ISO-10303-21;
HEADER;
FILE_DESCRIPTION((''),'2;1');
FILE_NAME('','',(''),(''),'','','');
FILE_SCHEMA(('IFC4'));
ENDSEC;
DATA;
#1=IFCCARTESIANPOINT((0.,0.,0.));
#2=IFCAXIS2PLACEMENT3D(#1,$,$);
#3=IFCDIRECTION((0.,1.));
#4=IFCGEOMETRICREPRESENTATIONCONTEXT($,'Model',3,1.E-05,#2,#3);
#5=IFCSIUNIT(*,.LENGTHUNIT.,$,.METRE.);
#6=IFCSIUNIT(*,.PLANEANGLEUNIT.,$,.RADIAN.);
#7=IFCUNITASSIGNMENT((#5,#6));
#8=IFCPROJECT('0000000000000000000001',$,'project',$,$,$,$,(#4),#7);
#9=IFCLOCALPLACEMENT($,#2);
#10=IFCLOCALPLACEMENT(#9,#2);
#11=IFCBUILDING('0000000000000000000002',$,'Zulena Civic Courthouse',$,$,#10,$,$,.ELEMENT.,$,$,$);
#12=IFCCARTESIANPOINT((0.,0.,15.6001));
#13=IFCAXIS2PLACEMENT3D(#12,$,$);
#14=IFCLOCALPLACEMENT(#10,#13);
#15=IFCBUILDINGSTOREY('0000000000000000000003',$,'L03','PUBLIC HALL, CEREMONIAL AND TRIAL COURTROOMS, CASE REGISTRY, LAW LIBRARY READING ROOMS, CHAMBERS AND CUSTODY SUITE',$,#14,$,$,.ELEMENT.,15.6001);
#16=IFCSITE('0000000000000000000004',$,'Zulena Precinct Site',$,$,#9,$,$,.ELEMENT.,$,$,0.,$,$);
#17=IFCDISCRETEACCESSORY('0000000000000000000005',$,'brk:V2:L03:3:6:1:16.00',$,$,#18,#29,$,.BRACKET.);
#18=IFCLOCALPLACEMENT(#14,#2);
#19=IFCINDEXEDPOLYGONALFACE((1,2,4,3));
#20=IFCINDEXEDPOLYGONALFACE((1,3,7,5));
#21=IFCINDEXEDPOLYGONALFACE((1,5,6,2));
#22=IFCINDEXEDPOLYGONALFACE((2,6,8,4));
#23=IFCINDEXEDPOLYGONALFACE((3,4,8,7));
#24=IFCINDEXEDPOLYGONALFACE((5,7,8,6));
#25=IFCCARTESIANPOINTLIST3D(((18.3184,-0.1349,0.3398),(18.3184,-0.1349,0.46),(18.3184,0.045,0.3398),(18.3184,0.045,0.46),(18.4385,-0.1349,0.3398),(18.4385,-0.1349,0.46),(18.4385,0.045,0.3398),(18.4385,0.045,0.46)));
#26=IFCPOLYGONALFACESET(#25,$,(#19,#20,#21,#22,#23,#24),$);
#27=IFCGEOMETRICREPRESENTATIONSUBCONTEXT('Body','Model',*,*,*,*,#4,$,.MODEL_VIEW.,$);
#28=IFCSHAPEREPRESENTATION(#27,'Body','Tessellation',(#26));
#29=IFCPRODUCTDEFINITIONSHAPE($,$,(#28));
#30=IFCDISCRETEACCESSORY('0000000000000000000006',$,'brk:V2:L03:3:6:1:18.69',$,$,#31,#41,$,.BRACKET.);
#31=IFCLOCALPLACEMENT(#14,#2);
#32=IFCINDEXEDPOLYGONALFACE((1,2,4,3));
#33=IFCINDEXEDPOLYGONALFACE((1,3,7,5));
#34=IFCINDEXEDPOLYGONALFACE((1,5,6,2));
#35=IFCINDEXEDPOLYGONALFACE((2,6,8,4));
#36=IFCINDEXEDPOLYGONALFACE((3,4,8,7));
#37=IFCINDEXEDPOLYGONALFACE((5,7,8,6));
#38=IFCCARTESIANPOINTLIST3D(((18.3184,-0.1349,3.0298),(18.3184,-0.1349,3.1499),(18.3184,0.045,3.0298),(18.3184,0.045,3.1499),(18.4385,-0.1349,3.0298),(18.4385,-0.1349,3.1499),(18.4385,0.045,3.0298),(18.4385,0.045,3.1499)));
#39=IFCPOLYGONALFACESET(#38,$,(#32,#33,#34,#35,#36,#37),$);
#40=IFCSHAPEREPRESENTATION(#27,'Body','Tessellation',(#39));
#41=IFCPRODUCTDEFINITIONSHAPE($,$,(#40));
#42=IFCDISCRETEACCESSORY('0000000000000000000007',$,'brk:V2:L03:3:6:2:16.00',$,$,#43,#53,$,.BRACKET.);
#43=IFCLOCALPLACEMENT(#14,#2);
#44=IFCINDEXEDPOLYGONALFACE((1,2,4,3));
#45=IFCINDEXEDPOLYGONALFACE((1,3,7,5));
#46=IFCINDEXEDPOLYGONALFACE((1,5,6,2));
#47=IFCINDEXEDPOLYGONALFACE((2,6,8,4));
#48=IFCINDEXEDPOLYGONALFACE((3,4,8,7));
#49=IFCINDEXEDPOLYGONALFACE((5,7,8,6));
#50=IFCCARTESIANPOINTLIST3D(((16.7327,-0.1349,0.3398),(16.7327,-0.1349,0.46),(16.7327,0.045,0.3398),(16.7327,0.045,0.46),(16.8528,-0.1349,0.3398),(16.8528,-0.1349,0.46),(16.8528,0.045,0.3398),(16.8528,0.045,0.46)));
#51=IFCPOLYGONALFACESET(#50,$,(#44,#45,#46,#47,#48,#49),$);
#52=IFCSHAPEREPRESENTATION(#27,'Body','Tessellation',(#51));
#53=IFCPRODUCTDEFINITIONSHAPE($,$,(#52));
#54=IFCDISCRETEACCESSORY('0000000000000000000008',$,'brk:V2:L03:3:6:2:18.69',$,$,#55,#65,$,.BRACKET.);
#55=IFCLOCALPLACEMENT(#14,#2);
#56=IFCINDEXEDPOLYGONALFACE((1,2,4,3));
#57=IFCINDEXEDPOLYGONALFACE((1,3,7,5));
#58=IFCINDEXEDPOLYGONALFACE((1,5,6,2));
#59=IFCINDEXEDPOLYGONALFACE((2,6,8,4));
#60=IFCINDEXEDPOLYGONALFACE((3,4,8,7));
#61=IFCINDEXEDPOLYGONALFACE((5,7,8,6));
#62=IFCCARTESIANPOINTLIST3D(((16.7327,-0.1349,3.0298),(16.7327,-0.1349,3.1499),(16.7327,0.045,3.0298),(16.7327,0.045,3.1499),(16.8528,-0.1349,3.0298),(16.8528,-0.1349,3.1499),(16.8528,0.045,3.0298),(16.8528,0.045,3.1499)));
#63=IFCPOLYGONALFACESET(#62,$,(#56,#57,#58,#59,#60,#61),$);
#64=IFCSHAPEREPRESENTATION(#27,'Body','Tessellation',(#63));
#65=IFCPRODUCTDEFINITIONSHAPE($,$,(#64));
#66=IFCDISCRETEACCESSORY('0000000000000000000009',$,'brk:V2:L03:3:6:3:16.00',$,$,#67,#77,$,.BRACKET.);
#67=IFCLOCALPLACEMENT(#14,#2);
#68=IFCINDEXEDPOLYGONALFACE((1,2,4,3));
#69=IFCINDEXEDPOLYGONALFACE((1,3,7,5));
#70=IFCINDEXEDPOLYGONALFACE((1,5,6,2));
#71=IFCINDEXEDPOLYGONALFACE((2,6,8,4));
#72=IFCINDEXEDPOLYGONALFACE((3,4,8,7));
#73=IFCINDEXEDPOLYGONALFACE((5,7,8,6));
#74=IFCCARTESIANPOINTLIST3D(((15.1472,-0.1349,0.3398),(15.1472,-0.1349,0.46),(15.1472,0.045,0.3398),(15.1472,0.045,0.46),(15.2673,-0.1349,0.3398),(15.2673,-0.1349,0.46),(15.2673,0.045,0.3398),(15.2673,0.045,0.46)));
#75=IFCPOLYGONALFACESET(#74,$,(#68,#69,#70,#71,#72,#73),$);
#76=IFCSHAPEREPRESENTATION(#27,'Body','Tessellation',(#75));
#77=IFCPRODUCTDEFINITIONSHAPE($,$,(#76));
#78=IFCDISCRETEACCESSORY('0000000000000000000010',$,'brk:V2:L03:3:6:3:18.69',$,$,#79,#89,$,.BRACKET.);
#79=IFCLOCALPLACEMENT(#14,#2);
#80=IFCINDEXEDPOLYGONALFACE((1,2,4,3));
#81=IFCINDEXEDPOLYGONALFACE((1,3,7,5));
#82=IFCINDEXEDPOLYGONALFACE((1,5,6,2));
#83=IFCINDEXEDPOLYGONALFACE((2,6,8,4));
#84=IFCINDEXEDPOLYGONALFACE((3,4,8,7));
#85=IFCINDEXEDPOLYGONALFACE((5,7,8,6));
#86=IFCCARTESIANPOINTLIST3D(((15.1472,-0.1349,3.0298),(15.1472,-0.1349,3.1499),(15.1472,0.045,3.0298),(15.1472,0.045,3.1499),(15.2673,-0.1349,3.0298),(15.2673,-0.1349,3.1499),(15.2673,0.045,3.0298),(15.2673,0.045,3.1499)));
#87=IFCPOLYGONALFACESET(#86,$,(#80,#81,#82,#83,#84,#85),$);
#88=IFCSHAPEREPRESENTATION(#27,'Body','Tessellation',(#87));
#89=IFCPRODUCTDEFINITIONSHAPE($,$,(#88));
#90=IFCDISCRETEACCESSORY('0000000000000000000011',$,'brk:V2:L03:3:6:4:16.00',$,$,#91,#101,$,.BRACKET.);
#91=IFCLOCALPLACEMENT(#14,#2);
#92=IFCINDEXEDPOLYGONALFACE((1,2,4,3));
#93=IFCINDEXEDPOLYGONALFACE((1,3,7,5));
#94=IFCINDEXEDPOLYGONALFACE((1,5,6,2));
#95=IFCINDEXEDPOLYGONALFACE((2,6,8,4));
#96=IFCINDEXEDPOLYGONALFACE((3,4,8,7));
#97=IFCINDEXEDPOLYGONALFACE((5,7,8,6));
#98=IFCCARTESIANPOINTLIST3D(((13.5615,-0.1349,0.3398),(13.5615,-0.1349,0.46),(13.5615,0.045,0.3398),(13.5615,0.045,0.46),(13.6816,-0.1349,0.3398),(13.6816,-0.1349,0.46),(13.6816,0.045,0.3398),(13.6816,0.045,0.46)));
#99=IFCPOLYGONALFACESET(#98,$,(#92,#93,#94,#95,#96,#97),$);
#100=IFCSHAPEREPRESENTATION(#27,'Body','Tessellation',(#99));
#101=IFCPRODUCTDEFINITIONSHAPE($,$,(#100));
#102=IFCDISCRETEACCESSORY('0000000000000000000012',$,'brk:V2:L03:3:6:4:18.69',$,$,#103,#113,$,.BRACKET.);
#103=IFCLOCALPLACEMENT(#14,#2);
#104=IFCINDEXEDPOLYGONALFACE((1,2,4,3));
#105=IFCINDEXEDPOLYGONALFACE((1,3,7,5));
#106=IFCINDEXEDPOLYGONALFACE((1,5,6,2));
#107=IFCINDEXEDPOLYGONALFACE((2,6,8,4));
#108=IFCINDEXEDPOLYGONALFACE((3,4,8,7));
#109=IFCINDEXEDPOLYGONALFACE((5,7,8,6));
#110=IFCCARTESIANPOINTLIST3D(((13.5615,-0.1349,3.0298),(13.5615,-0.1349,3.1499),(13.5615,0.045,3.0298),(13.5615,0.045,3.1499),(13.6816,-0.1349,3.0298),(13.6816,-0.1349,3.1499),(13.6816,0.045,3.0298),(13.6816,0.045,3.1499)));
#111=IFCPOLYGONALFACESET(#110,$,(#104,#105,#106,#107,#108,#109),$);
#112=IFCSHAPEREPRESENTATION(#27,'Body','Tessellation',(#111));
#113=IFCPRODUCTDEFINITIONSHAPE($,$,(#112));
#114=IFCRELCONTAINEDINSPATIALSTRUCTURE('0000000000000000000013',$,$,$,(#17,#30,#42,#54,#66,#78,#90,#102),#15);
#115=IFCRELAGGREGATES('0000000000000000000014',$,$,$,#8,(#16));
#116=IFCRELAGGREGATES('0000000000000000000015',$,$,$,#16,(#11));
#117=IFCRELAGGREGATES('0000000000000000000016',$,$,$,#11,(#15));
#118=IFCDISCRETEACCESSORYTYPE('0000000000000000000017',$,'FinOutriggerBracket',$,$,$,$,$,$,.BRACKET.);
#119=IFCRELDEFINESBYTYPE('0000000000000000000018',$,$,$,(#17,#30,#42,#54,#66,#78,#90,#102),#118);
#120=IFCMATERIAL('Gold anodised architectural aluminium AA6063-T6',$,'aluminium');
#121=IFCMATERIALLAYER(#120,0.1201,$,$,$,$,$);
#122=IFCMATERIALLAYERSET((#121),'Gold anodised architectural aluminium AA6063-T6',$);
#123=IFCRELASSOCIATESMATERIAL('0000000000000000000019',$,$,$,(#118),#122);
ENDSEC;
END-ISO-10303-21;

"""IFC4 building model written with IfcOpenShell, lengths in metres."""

from ifc_helpers import new_model, si_unit, direction, frame, origin, origin_2d, place, context, subcontext, project, spatial, rectangle, extrude, material, layer, layer_set, type_object, element, save


model = new_model("IFC4")

# Units and contexts
model_context = context("Model", 3, precision=1e-05, world=origin(), true_north=direction((0.0, 1.0)))
body_context = subcontext(model_context, "Body", "Model", "MODEL_VIEW")
ifc_project = project(units=[si_unit("LENGTHUNIT", "METRE"), si_unit("PLANEANGLEUNIT", "RADIAN")], contexts=[model_context])

# Site, building, storey
site_placement = place(None, origin())
site = spatial("IfcSite", under=ifc_project, at=site_placement, Name="Zulena Precinct Site", CompositionType="ELEMENT", RefElevation=0.0)
building_placement = place(site_placement, origin())
building = spatial("IfcBuilding", under=site, at=building_placement, Name="Zulena Civic Courthouse", CompositionType="ELEMENT")
storey_placement = place(building_placement, frame((0.0, 0.0, 15.6001)))
storey = spatial("IfcBuildingStorey", under=building, at=storey_placement, Name="L03", Description="PUBLIC HALL, CEREMONIAL AND TRIAL COURTROOMS, CASE REGISTRY, LAW LIBRARY READING ROOMS, CHAMBERS AND CUSTODY SUITE", CompositionType="ELEMENT", Elevation=15.6001)

# Shared definitions
ifc_material_1 = material(Name="Gold anodised architectural aluminium AA6063-T6", Category="aluminium")

# Discrete accessories
ifc_layer_1 = layer(ifc_material_1, 0.1201)
ifc_layer_set_1 = layer_set([ifc_layer_1], Name="Gold anodised architectural aluminium AA6063-T6")
discrete_accessory_type = type_object("IfcDiscreteAccessoryType", Name="FinOutriggerBracket", PredefinedType="BRACKET", material=ifc_layer_set_1)
for number, where, z_axis, x_axis, name in (
    (1, (18.3784, -0.0449, 0.3398), (0.0, 0.0, 1.0), (0.0, -1.0, 0.0), "brk:V2:L03:3:6:1:16.00"),
    (2, (18.3784, -0.0449, 3.0298), (0.0, 0.0, 1.0), (0.0, -1.0, 0.0), "brk:V2:L03:3:6:1:18.69"),
    (3, (16.7927, -0.0449, 0.3398), (0.0, 0.0, 1.0), (0.0, -1.0, 0.0), "brk:V2:L03:3:6:2:16.00"),
    (4, (16.7927, -0.0449, 3.0298), (0.0, 0.0, 1.0), (0.0, -1.0, 0.0), "brk:V2:L03:3:6:2:18.69"),
    (5, (15.2073, -0.0449, 0.3398), (0.0, 0.0, 1.0), (0.0, -1.0, 0.0), "brk:V2:L03:3:6:3:16.00"),
    (6, (15.2073, -0.0449, 3.0298), (0.0, 0.0, 1.0), (0.0, -1.0, 0.0), "brk:V2:L03:3:6:3:18.69"),
    (7, (13.6216, -0.0449, 0.3398), (0.0, 0.0, 1.0), (0.0, -1.0, 0.0), "brk:V2:L03:3:6:4:16.00"),
    (8, (13.6216, -0.0449, 3.0298), (0.0, 0.0, 1.0), (0.0, -1.0, 0.0), "brk:V2:L03:3:6:4:18.69"),
):
    element("IfcDiscreteAccessory", number, at=place(storey_placement, frame(where, z_axis=z_axis, x_axis=x_axis)), inside=storey, type_object=discrete_accessory_type, Name=name, PredefinedType="BRACKET", context=body_context, shape_type="SweptSolid", body=[
        extrude(rectangle(XDim=0.1799, YDim=0.1201, at=origin_2d()), origin(), (0.0, 0.0, 1.0), 0.1201),
    ])

save(model, "model.ifc")
